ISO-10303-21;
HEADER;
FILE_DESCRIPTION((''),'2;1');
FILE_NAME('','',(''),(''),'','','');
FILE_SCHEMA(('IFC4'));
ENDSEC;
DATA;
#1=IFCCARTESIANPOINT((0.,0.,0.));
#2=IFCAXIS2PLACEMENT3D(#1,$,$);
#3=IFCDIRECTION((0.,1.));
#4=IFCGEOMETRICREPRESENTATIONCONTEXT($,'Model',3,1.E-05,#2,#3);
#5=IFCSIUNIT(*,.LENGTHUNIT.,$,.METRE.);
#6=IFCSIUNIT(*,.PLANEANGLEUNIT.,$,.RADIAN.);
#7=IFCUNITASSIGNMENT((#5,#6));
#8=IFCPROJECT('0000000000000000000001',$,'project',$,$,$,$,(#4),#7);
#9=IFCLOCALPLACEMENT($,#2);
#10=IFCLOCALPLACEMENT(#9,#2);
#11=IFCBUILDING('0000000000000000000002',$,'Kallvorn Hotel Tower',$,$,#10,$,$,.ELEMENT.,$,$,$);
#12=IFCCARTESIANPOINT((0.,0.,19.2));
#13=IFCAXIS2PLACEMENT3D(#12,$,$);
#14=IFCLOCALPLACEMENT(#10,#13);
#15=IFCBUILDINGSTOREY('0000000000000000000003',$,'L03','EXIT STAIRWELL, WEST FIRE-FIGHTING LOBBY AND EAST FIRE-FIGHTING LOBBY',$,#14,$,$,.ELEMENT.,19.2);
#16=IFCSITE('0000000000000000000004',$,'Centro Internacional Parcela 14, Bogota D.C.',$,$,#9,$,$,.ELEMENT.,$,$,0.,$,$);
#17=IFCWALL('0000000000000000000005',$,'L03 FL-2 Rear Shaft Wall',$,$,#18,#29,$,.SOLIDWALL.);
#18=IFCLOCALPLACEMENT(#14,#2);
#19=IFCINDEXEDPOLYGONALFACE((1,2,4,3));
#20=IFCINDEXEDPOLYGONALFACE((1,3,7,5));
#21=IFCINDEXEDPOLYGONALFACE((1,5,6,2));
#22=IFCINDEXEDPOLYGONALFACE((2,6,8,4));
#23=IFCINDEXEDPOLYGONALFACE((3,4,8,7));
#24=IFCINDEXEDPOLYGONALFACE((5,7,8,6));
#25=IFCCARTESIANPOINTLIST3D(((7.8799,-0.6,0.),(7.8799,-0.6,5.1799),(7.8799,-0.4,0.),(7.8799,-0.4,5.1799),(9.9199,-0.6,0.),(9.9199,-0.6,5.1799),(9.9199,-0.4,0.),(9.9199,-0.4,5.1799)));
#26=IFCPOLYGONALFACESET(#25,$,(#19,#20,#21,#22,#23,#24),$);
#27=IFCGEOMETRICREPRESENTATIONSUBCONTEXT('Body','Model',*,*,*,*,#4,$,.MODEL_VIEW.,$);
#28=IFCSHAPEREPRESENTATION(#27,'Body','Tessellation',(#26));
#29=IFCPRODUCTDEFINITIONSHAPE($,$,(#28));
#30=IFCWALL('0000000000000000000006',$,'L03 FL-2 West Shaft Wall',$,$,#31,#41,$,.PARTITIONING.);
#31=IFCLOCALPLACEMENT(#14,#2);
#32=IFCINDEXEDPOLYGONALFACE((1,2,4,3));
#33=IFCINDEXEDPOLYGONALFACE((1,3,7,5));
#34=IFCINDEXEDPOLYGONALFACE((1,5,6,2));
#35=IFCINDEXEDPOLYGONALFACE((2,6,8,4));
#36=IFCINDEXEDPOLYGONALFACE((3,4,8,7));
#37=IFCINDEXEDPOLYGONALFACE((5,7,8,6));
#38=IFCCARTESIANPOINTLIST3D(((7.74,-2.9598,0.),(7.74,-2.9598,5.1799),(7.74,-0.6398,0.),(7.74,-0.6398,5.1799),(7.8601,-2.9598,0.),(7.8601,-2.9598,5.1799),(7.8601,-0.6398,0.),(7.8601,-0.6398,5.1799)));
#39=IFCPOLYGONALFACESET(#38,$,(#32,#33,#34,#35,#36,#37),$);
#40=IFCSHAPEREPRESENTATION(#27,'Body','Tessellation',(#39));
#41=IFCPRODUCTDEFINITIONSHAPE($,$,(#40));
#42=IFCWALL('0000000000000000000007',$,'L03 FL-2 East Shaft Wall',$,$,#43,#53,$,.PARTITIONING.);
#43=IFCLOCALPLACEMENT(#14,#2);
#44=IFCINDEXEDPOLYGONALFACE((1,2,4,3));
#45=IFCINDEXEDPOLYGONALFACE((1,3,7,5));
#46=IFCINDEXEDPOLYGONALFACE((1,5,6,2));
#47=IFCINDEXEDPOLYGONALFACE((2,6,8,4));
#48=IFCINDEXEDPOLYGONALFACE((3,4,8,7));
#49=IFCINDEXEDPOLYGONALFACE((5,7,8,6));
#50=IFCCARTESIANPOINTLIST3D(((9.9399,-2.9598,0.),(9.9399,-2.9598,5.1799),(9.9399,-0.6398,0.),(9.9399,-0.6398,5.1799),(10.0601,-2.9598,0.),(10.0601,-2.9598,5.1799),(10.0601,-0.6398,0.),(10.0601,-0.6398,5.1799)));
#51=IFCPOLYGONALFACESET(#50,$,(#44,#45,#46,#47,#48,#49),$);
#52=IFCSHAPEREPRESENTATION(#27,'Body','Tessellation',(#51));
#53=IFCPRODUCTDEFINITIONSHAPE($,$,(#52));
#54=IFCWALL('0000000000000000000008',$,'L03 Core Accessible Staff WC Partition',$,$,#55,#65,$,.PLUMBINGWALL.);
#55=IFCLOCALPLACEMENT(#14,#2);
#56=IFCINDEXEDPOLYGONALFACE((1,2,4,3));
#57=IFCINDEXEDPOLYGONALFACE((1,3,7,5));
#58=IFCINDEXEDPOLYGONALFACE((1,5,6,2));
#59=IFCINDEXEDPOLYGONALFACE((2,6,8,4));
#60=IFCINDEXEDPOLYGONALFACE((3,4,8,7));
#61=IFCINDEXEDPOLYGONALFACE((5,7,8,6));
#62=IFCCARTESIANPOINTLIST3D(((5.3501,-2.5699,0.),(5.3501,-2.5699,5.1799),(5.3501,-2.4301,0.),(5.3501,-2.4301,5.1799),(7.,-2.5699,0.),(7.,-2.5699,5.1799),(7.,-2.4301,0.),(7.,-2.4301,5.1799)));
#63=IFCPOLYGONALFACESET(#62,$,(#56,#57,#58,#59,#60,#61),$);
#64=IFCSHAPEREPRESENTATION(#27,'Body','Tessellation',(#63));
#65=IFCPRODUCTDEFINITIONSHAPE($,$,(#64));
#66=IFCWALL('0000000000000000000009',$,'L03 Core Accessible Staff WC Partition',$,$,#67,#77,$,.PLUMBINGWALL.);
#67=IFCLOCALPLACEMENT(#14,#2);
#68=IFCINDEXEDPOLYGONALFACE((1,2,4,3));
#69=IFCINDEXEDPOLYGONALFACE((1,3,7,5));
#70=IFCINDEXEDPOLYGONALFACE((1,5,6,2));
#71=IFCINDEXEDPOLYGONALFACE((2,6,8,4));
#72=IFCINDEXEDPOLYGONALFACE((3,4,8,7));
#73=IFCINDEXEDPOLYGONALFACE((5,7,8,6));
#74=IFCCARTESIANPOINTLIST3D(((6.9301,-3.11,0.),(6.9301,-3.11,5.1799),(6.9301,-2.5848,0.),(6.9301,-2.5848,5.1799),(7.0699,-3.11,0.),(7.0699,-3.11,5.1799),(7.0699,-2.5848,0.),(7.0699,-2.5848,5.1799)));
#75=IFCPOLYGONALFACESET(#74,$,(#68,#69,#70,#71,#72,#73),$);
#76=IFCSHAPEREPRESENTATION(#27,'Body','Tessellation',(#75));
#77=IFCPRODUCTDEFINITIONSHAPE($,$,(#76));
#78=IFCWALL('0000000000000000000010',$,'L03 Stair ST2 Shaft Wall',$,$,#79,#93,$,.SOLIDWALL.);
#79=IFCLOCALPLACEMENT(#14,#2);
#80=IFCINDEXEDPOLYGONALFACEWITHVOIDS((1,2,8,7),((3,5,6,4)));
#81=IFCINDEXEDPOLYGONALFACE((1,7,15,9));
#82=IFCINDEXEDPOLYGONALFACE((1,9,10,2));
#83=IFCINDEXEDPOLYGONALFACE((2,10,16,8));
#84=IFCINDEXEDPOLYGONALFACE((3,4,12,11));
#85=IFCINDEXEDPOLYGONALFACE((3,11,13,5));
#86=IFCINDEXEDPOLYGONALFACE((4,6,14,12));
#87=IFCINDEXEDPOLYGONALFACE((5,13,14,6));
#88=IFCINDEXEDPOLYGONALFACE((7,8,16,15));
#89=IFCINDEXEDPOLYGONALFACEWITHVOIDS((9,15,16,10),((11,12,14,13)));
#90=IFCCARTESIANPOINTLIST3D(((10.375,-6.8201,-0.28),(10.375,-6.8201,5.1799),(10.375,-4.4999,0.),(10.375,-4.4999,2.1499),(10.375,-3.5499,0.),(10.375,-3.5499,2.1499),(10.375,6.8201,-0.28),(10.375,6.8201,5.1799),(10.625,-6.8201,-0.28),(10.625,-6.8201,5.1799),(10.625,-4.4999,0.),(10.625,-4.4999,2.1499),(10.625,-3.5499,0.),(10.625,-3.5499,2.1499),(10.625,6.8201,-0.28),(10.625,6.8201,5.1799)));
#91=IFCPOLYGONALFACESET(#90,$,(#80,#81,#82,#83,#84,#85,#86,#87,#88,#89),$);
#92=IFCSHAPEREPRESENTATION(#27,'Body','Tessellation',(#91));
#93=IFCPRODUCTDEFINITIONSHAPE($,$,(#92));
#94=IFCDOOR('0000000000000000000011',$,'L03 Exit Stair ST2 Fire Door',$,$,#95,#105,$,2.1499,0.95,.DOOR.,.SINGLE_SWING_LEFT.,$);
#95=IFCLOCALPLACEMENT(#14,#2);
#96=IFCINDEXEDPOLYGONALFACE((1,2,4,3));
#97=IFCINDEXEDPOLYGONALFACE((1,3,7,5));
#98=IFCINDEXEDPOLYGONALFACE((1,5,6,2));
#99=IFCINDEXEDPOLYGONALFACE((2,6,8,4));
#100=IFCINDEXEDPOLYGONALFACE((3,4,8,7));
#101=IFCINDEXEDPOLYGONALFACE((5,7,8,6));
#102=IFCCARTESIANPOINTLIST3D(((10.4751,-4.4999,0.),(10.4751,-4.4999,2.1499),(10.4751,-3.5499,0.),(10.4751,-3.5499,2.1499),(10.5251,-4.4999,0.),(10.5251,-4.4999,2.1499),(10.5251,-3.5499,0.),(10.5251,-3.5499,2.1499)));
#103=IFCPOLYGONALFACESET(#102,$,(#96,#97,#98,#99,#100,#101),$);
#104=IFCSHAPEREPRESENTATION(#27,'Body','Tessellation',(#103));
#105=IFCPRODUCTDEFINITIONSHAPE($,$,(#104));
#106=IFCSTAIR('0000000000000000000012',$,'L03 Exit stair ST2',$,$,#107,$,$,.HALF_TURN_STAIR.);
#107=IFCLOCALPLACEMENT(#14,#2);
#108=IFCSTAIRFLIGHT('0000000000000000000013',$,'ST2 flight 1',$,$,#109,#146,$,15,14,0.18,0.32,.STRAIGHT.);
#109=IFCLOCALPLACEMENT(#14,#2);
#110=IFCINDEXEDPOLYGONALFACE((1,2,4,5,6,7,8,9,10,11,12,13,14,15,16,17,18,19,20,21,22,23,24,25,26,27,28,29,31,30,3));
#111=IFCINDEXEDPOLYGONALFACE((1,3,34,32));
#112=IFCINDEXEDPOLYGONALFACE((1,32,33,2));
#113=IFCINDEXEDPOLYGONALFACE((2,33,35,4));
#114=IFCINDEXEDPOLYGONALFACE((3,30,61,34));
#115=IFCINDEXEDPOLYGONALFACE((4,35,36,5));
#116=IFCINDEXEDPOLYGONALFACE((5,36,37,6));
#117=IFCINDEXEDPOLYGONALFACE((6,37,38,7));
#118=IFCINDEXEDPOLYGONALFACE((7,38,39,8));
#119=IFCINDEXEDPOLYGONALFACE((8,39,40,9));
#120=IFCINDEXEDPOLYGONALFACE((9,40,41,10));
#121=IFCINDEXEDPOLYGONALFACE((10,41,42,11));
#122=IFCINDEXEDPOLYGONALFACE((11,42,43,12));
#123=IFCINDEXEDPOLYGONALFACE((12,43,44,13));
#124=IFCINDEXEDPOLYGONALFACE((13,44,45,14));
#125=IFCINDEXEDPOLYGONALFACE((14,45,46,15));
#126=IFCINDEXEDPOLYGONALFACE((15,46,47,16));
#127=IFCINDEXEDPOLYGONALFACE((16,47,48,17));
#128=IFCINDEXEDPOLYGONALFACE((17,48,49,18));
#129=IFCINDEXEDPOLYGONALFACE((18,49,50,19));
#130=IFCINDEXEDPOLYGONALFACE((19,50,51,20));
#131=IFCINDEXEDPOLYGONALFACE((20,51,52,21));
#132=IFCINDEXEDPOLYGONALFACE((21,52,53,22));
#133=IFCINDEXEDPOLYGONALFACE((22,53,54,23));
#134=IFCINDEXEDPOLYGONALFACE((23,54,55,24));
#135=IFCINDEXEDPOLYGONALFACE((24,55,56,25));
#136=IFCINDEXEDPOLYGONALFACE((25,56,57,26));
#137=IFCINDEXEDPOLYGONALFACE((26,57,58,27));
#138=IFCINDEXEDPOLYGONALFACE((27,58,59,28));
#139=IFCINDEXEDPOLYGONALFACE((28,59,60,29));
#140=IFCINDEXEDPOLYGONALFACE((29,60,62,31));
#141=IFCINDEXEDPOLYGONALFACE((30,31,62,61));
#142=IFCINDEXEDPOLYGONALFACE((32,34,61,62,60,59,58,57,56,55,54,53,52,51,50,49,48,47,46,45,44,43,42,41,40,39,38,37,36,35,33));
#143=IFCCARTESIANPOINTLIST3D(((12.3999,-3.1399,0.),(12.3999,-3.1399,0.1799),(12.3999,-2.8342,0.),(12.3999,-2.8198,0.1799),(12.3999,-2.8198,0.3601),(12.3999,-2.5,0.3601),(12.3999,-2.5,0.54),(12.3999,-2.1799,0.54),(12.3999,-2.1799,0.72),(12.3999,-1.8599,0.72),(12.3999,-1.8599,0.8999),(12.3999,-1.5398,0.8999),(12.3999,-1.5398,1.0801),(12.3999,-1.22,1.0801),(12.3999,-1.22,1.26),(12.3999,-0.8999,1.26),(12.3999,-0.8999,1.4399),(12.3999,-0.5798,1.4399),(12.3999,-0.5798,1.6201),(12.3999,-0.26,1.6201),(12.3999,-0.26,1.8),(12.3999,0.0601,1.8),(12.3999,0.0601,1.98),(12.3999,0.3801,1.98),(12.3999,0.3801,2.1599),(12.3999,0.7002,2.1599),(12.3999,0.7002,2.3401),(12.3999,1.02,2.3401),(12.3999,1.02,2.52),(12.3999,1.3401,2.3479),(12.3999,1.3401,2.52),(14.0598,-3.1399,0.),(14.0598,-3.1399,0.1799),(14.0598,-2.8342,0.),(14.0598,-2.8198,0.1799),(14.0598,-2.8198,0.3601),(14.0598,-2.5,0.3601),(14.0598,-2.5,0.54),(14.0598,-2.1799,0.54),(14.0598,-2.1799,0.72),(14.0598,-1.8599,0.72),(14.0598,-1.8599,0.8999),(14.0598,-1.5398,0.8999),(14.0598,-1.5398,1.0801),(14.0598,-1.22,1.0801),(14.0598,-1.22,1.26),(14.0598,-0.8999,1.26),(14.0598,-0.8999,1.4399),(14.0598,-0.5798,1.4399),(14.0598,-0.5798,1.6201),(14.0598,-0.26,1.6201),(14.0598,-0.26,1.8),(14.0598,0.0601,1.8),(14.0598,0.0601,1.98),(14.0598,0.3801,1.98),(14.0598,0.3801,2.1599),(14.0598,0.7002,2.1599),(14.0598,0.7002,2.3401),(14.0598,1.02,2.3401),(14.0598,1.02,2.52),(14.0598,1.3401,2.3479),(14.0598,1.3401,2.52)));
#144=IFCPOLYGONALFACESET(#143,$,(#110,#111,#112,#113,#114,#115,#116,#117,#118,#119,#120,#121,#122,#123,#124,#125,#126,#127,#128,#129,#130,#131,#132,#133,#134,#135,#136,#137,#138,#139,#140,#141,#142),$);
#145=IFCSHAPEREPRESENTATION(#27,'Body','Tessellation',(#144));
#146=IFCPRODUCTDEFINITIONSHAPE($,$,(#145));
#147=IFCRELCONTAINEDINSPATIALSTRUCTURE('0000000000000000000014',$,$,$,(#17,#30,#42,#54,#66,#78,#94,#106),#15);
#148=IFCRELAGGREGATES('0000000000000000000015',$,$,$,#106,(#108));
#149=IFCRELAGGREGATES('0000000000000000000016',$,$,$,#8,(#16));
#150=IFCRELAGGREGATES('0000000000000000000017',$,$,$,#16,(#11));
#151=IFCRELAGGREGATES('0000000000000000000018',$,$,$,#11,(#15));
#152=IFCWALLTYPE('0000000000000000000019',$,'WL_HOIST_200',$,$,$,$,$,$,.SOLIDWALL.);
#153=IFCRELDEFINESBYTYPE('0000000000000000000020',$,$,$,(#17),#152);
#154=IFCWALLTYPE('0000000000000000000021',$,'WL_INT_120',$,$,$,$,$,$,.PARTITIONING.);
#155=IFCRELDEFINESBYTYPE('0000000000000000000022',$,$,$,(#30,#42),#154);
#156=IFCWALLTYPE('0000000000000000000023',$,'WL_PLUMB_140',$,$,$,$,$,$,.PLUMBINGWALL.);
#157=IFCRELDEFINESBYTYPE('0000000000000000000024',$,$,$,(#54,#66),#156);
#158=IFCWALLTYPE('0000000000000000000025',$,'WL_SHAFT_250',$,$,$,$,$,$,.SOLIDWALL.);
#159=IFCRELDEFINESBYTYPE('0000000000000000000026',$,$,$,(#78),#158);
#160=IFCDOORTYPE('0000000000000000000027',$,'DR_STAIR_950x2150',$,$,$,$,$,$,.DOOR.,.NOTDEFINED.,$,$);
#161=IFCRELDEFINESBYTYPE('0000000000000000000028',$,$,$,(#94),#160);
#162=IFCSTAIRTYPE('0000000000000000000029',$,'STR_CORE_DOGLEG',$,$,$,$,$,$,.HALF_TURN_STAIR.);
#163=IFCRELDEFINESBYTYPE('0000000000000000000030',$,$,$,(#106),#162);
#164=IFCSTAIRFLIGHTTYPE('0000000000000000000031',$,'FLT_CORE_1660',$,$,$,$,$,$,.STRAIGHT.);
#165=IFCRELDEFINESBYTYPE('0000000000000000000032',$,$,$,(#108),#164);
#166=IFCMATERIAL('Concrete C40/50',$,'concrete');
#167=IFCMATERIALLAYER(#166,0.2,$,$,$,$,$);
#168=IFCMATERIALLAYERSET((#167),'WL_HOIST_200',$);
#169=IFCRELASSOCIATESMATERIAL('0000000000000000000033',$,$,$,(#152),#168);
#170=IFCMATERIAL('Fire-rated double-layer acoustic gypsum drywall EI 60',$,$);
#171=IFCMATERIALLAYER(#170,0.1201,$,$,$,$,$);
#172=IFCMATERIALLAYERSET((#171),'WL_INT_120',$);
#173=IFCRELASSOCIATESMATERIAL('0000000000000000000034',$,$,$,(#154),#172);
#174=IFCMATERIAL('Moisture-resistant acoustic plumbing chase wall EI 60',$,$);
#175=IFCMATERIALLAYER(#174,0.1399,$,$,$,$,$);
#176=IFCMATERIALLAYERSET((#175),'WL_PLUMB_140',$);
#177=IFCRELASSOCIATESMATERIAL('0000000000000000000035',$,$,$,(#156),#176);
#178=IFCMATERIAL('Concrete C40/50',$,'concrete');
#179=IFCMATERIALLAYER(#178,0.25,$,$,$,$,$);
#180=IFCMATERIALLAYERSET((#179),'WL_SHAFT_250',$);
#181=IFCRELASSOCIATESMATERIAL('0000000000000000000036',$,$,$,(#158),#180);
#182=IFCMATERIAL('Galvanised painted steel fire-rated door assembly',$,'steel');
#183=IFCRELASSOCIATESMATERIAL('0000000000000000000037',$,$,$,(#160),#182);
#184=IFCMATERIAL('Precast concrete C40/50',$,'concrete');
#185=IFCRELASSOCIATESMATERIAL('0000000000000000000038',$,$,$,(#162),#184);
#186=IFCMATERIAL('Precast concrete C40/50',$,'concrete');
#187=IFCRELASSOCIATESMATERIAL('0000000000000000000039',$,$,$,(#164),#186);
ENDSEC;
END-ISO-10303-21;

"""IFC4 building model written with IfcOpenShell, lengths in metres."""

from ifc_helpers import new_model, si_unit, direction, frame, frame_2d, origin, place, context, subcontext, project, spatial, polyline, rectangle, outline, extrude, material, layer, layer_set, type_object, element, fill, aggregate, save


model = new_model("IFC4")

# Units and contexts
model_context = context("Model", 3, precision=1e-05, world=origin(), true_north=direction((0.0, 1.0)))
body_context = subcontext(model_context, "Body", "Model", "MODEL_VIEW")
ifc_project = project(units=[si_unit("LENGTHUNIT", "METRE"), si_unit("PLANEANGLEUNIT", "RADIAN")], contexts=[model_context])

# Site, building, storey
site_placement = place(None, origin())
site = spatial("IfcSite", under=ifc_project, at=site_placement, Name="Centro Internacional Parcela 14, Bogota D.C.", CompositionType="ELEMENT", RefElevation=0.0)
building_placement = place(site_placement, origin())
building = spatial("IfcBuilding", under=site, at=building_placement, Name="Kallvorn Hotel Tower", CompositionType="ELEMENT")
storey_placement = place(building_placement, frame((0.0, 0.0, 19.2)))
storey = spatial("IfcBuildingStorey", under=building, at=storey_placement, Name="L03", Description="EXIT STAIRWELL, WEST FIRE-FIGHTING LOBBY AND EAST FIRE-FIGHTING LOBBY", CompositionType="ELEMENT", Elevation=19.2)

# Shared definitions
ifc_material_1 = material(Name="Concrete C40/50", Category="concrete")
ifc_layer_1 = layer(ifc_material_1, 0.2)
ifc_layer_set_1 = layer_set([ifc_layer_1], Name="WL_HOIST_200")
wall_type_1 = type_object("IfcWallType", Name="WL_HOIST_200", PredefinedType="SOLIDWALL", material=ifc_layer_set_1)

# Walls
wall_1_placement = place(storey_placement, frame((7.8799, -0.5, 0.0), z_axis=(0.0, 0.0, 1.0), x_axis=(1.0, 0.0, 0.0)))
element("IfcWall", 1, at=wall_1_placement, inside=storey, type_object=wall_type_1, Name="L03 FL-2 Rear Shaft Wall", PredefinedType="SOLIDWALL", context=body_context, shape_type="SweptSolid", body=[
    extrude(rectangle(XDim=2.04, YDim=0.2, at=frame_2d((1.02, 0.0))), origin(), (0.0, 0.0, 1.0), 5.1799),
])
ifc_material_2 = material(Name="Fire-rated double-layer acoustic gypsum drywall EI 60")
ifc_layer_2 = layer(ifc_material_2, 0.1201)
ifc_layer_set_2 = layer_set([ifc_layer_2], Name="WL_INT_120")
wall_type_2 = type_object("IfcWallType", Name="WL_INT_120", PredefinedType="PARTITIONING", material=ifc_layer_set_2)
for number, where, z_axis, x_axis, name in (
    (2, (7.8, -2.96, 0.0), (0.0, 0.0, 1.0), (0.0, 1.0, 0.0), "L03 FL-2 West Shaft Wall"),
    (3, (10.0, -2.96, 0.0), (0.0, 0.0, 1.0), (0.0, 1.0, 0.0), "L03 FL-2 East Shaft Wall"),
):
    element("IfcWall", number, at=place(storey_placement, frame(where, z_axis=z_axis, x_axis=x_axis)), inside=storey, type_object=wall_type_2, Name=name, PredefinedType="PARTITIONING", context=body_context, shape_type="SweptSolid", body=[
        extrude(rectangle(XDim=2.3201, YDim=0.1201, at=frame_2d((1.1602, 0.0))), origin(), (0.0, 0.0, 1.0), 5.1799),
    ])
ifc_material_3 = material(Name="Moisture-resistant acoustic plumbing chase wall EI 60")
ifc_layer_3 = layer(ifc_material_3, 0.1399)
ifc_layer_set_3 = layer_set([ifc_layer_3], Name="WL_PLUMB_140")
wall_type_3 = type_object("IfcWallType", Name="WL_PLUMB_140", PredefinedType="PLUMBINGWALL", material=ifc_layer_set_3)
wall_2_placement = place(storey_placement, frame((5.3501, -2.5, 0.0), z_axis=(0.0, 0.0, 1.0), x_axis=(1.0, 0.0, 0.0)))
element("IfcWall", 4, at=wall_2_placement, inside=storey, type_object=wall_type_3, Name="L03 Core Accessible Staff WC Partition", PredefinedType="PLUMBINGWALL", context=body_context, shape_type="SweptSolid", body=[
    extrude(rectangle(XDim=1.6499, YDim=0.1399, at=frame_2d((0.825, 0.0))), origin(), (0.0, 0.0, 1.0), 5.1799),
])
wall_3_placement = place(storey_placement, frame((7.0, -3.1101, 0.0), z_axis=(0.0, 0.0, 1.0), x_axis=(0.0, 1.0, 0.0)))
element("IfcWall", 5, at=wall_3_placement, inside=storey, type_object=wall_type_3, Name="L03 Core Accessible Staff WC Partition", PredefinedType="PLUMBINGWALL", context=body_context, shape_type="SweptSolid", body=[
    extrude(rectangle(XDim=0.5251, YDim=0.1399, at=frame_2d((0.2627, 0.0))), origin(), (0.0, 0.0, 1.0), 5.1799),
])

# Wall, opening, door
ifc_material_4 = material(Name="Concrete C40/50", Category="concrete")
ifc_layer_4 = layer(ifc_material_4, 0.25)
ifc_layer_set_4 = layer_set([ifc_layer_4], Name="WL_SHAFT_250")
wall_type_4 = type_object("IfcWallType", Name="WL_SHAFT_250", PredefinedType="SOLIDWALL", material=ifc_layer_set_4)
wall_4_placement = place(storey_placement, frame((10.5, -6.8201, -0.28), z_axis=(0.0, 0.0, 1.0), x_axis=(0.0, 1.0, 0.0)))
wall_4 = element("IfcWall", 6, at=wall_4_placement, inside=storey, type_object=wall_type_4, Name="L03 Stair ST2 Shaft Wall", PredefinedType="SOLIDWALL", context=body_context, shape_type="SweptSolid", body=[
    extrude(rectangle(XDim=13.6401, YDim=0.25, at=frame_2d((6.8201, 0.0))), origin(), (0.0, 0.0, 1.0), 5.46),
])
opening_1_placement = place(wall_4_placement, frame((2.3201, 0.0, 0.28)))
opening_1 = element("IfcOpeningElement", 7, at=opening_1_placement, cuts=wall_4, PredefinedType="OPENING", context=body_context, shape_type="SweptSolid", body=[
    extrude(rectangle(XDim=0.95, YDim=2.1499, at=frame_2d((0.4751, 1.075))), frame((0.0, 0.1399, 0.0), z_axis=(0.0, -1.0, 0.0), x_axis=(1.0, 0.0, 0.0)), (0.0, 0.0, 1.0), 0.28),
])
ifc_material_5 = material(Name="Galvanised painted steel fire-rated door assembly", Category="steel")
door_type_1 = type_object("IfcDoorType", Name="DR_STAIR_950x2150", OperationType="NOTDEFINED", PredefinedType="DOOR", material=ifc_material_5)
door_1_placement = place(opening_1_placement, origin())
door_1 = element("IfcDoor", 8, at=door_1_placement, inside=storey, type_object=door_type_1, Name="L03 Exit Stair ST2 Fire Door", OperationType="SINGLE_SWING_LEFT", OverallHeight=2.1499, OverallWidth=0.95, PredefinedType="DOOR", context=body_context, shape_type="SweptSolid", body=[
    extrude(rectangle(XDim=0.95, YDim=2.1499, at=frame_2d((0.4751, 1.075))), frame((0.0, 0.0249, 0.0), z_axis=(0.0, -1.0, 0.0), x_axis=(1.0, 0.0, 0.0)), (0.0, 0.0, 1.0), 0.05),
])
fill(opening_1, door_1)

# Stair, stair flight
ifc_material_6 = material(Name="Precast concrete C40/50", Category="concrete")
stair_type = type_object("IfcStairType", Name="STR_CORE_DOGLEG", PredefinedType="HALF_TURN_STAIR", material=ifc_material_6)
stair_placement = place(storey_placement, origin())
stair = element("IfcStair", 9, at=stair_placement, inside=storey, type_object=stair_type, Name="L03 Exit stair ST2", PredefinedType="HALF_TURN_STAIR")
ifc_material_7 = material(Name="Precast concrete C40/50", Category="concrete")
stair_flight_type = type_object("IfcStairFlightType", Name="FLT_CORE_1660", PredefinedType="STRAIGHT", material=ifc_material_7)
stair_flight_placement = place(storey_placement, frame((13.23, -3.1399, 0.0), z_axis=(0.0, 0.0, 1.0), x_axis=(0.0, 1.0, 0.0)))
stair_flight = element("IfcStairFlight", 10, at=stair_flight_placement, type_object=stair_flight_type, Name="ST2 flight 1", NumberOfRisers=15, NumberOfTreads=14, PredefinedType="STRAIGHT", RiserHeight=0.18, TreadLength=0.32, context=body_context, shape_type="SweptSolid", body=[
    extrude(outline(polyline([(0.0, 0.0), (0.0, 0.1799), (0.3201, 0.1799), (0.3201, 0.3601), (0.6399, 0.3601), (0.6399, 0.54), (0.96, 0.54), (0.96, 0.72), (1.28, 0.72), (1.28, 0.8999), (1.6001, 0.8999), (1.6001, 1.0801), (1.9199, 1.0801), (1.9199, 1.26), (2.24, 1.26), (2.24, 1.4399), (2.5601, 1.4399), (2.5601, 1.6201), (2.8799, 1.6201), (2.8799, 1.8), (3.2, 1.8), (3.2, 1.98), (3.52, 1.98), (3.52, 2.1599), (3.8401, 2.1599), (3.8401, 2.3401), (4.1599, 2.3401), (4.1599, 2.52), (4.48, 2.52), (4.48, 2.7), (4.48, 2.3479), (0.3057, 0.0), (0.0, 0.0)])), frame((0.0, 0.8301, 0.0), z_axis=(0.0, -1.0, 0.0), x_axis=(1.0, 0.0, 0.0)), (0.0, 0.0, 1.0), 1.6599),
])
aggregate(stair, [stair_flight])

save(model, "model.ifc")
